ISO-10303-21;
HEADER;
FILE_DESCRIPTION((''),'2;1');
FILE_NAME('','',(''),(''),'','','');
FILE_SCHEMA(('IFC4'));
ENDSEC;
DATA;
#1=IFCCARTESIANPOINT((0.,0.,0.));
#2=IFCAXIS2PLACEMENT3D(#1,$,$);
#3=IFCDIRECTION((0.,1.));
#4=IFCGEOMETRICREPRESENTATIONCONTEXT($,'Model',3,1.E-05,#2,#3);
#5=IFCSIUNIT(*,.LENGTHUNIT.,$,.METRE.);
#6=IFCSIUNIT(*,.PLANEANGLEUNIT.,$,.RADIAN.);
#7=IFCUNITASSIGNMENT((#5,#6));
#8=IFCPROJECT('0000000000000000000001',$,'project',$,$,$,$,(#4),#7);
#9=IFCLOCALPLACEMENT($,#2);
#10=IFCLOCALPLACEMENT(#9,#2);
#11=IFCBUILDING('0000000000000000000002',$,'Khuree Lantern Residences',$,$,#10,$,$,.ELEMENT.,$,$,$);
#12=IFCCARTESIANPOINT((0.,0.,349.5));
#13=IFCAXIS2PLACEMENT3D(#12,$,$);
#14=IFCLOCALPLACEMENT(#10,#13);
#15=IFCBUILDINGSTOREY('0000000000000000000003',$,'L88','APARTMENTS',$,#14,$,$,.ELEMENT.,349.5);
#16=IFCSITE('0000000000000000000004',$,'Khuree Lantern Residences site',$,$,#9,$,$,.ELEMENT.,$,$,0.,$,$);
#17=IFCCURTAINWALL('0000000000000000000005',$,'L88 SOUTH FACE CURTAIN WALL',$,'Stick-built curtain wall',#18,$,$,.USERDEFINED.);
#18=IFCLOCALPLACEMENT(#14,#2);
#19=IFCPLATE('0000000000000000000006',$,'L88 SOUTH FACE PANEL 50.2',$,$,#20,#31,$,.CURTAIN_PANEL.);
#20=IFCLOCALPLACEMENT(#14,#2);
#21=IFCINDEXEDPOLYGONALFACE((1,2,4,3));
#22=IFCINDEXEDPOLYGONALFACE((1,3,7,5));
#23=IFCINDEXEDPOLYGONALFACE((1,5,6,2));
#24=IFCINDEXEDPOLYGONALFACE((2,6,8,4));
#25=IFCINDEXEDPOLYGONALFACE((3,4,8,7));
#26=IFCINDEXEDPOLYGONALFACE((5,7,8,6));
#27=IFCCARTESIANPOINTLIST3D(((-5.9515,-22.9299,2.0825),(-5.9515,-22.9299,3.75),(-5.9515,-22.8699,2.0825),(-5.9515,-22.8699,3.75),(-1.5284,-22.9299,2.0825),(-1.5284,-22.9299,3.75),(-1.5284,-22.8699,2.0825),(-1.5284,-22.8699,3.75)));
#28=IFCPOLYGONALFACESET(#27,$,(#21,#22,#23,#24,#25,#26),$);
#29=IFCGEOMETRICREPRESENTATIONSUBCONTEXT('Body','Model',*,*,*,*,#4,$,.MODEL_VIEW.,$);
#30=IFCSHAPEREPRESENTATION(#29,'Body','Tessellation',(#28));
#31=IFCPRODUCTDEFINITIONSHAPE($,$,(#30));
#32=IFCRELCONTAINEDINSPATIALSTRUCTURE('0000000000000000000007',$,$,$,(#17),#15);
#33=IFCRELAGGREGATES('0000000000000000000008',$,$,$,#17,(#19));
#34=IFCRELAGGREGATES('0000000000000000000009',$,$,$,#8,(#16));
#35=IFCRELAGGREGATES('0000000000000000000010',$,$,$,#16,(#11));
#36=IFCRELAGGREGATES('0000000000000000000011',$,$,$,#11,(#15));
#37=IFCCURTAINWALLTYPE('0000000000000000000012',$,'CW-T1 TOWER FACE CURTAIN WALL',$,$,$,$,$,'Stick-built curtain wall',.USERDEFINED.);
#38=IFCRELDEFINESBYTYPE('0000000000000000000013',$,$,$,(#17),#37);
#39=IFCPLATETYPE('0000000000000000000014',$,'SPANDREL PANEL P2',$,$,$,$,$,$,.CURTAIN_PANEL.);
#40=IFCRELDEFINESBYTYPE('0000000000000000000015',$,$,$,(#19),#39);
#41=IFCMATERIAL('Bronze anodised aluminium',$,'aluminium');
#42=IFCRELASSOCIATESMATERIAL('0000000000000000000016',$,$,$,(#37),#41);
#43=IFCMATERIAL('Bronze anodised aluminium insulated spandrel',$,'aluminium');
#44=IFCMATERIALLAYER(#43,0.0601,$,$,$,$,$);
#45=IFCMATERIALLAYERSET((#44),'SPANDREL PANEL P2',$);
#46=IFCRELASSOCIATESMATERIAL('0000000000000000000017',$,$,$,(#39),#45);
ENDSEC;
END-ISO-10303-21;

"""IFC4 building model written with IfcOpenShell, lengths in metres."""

from ifc_helpers import new_model, si_unit, direction, frame, origin, origin_2d, place, context, subcontext, project, spatial, rectangle, extrude, material, layer, layer_set, type_object, element, aggregate, save


model = new_model("IFC4")

# Units and contexts
model_context = context("Model", 3, precision=1e-05, world=origin(), true_north=direction((0.0, 1.0)))
body_context = subcontext(model_context, "Body", "Model", "MODEL_VIEW")
ifc_project = project(units=[si_unit("LENGTHUNIT", "METRE"), si_unit("PLANEANGLEUNIT", "RADIAN")], contexts=[model_context])

# Site, building, storey
site_placement = place(None, origin())
site = spatial("IfcSite", under=ifc_project, at=site_placement, Name="Khuree Lantern Residences site", CompositionType="ELEMENT", RefElevation=0.0)
building_placement = place(site_placement, origin())
building = spatial("IfcBuilding", under=site, at=building_placement, Name="Khuree Lantern Residences", CompositionType="ELEMENT")
storey_placement = place(building_placement, frame((0.0, 0.0, 349.5)))
storey = spatial("IfcBuildingStorey", under=building, at=storey_placement, Name="L88", Description="APARTMENTS", CompositionType="ELEMENT", Elevation=349.5)

# Curtain wall
ifc_material_1 = material(Name="Bronze anodised aluminium", Category="aluminium")
curtain_wall_type = type_object("IfcCurtainWallType", Name="CW-T1 TOWER FACE CURTAIN WALL", ElementType="Stick-built curtain wall", PredefinedType="USERDEFINED", material=ifc_material_1)
curtain_wall_placement = place(storey_placement, origin())
curtain_wall = element("IfcCurtainWall", 1, at=curtain_wall_placement, inside=storey, type_object=curtain_wall_type, Name="L88 SOUTH FACE CURTAIN WALL", ObjectType="Stick-built curtain wall", PredefinedType="USERDEFINED")

# Plate
ifc_material_2 = material(Name="Bronze anodised aluminium insulated spandrel", Category="aluminium")
ifc_layer_1 = layer(ifc_material_2, 0.0601)
ifc_layer_set_1 = layer_set([ifc_layer_1], Name="SPANDREL PANEL P2")
plate_type_1 = type_object("IfcPlateType", Name="SPANDREL PANEL P2", PredefinedType="CURTAIN_PANEL", material=ifc_layer_set_1)
plate_1_placement = place(storey_placement, frame((-3.74, -22.8999, 2.0825), z_axis=(0.0, 0.0, 1.0), x_axis=(1.0, 0.0, 0.0)))
plate_1 = element("IfcPlate", 2, at=plate_1_placement, type_object=plate_type_1, Name="L88 SOUTH FACE PANEL 50.2", PredefinedType="CURTAIN_PANEL", context=body_context, shape_type="SweptSolid", body=[
    extrude(rectangle(XDim=4.4231, YDim=0.0601, at=origin_2d()), origin(), (0.0, 0.0, 1.0), 1.6675),
])
aggregate(curtain_wall, [plate_1])

save(model, "model.ifc")
